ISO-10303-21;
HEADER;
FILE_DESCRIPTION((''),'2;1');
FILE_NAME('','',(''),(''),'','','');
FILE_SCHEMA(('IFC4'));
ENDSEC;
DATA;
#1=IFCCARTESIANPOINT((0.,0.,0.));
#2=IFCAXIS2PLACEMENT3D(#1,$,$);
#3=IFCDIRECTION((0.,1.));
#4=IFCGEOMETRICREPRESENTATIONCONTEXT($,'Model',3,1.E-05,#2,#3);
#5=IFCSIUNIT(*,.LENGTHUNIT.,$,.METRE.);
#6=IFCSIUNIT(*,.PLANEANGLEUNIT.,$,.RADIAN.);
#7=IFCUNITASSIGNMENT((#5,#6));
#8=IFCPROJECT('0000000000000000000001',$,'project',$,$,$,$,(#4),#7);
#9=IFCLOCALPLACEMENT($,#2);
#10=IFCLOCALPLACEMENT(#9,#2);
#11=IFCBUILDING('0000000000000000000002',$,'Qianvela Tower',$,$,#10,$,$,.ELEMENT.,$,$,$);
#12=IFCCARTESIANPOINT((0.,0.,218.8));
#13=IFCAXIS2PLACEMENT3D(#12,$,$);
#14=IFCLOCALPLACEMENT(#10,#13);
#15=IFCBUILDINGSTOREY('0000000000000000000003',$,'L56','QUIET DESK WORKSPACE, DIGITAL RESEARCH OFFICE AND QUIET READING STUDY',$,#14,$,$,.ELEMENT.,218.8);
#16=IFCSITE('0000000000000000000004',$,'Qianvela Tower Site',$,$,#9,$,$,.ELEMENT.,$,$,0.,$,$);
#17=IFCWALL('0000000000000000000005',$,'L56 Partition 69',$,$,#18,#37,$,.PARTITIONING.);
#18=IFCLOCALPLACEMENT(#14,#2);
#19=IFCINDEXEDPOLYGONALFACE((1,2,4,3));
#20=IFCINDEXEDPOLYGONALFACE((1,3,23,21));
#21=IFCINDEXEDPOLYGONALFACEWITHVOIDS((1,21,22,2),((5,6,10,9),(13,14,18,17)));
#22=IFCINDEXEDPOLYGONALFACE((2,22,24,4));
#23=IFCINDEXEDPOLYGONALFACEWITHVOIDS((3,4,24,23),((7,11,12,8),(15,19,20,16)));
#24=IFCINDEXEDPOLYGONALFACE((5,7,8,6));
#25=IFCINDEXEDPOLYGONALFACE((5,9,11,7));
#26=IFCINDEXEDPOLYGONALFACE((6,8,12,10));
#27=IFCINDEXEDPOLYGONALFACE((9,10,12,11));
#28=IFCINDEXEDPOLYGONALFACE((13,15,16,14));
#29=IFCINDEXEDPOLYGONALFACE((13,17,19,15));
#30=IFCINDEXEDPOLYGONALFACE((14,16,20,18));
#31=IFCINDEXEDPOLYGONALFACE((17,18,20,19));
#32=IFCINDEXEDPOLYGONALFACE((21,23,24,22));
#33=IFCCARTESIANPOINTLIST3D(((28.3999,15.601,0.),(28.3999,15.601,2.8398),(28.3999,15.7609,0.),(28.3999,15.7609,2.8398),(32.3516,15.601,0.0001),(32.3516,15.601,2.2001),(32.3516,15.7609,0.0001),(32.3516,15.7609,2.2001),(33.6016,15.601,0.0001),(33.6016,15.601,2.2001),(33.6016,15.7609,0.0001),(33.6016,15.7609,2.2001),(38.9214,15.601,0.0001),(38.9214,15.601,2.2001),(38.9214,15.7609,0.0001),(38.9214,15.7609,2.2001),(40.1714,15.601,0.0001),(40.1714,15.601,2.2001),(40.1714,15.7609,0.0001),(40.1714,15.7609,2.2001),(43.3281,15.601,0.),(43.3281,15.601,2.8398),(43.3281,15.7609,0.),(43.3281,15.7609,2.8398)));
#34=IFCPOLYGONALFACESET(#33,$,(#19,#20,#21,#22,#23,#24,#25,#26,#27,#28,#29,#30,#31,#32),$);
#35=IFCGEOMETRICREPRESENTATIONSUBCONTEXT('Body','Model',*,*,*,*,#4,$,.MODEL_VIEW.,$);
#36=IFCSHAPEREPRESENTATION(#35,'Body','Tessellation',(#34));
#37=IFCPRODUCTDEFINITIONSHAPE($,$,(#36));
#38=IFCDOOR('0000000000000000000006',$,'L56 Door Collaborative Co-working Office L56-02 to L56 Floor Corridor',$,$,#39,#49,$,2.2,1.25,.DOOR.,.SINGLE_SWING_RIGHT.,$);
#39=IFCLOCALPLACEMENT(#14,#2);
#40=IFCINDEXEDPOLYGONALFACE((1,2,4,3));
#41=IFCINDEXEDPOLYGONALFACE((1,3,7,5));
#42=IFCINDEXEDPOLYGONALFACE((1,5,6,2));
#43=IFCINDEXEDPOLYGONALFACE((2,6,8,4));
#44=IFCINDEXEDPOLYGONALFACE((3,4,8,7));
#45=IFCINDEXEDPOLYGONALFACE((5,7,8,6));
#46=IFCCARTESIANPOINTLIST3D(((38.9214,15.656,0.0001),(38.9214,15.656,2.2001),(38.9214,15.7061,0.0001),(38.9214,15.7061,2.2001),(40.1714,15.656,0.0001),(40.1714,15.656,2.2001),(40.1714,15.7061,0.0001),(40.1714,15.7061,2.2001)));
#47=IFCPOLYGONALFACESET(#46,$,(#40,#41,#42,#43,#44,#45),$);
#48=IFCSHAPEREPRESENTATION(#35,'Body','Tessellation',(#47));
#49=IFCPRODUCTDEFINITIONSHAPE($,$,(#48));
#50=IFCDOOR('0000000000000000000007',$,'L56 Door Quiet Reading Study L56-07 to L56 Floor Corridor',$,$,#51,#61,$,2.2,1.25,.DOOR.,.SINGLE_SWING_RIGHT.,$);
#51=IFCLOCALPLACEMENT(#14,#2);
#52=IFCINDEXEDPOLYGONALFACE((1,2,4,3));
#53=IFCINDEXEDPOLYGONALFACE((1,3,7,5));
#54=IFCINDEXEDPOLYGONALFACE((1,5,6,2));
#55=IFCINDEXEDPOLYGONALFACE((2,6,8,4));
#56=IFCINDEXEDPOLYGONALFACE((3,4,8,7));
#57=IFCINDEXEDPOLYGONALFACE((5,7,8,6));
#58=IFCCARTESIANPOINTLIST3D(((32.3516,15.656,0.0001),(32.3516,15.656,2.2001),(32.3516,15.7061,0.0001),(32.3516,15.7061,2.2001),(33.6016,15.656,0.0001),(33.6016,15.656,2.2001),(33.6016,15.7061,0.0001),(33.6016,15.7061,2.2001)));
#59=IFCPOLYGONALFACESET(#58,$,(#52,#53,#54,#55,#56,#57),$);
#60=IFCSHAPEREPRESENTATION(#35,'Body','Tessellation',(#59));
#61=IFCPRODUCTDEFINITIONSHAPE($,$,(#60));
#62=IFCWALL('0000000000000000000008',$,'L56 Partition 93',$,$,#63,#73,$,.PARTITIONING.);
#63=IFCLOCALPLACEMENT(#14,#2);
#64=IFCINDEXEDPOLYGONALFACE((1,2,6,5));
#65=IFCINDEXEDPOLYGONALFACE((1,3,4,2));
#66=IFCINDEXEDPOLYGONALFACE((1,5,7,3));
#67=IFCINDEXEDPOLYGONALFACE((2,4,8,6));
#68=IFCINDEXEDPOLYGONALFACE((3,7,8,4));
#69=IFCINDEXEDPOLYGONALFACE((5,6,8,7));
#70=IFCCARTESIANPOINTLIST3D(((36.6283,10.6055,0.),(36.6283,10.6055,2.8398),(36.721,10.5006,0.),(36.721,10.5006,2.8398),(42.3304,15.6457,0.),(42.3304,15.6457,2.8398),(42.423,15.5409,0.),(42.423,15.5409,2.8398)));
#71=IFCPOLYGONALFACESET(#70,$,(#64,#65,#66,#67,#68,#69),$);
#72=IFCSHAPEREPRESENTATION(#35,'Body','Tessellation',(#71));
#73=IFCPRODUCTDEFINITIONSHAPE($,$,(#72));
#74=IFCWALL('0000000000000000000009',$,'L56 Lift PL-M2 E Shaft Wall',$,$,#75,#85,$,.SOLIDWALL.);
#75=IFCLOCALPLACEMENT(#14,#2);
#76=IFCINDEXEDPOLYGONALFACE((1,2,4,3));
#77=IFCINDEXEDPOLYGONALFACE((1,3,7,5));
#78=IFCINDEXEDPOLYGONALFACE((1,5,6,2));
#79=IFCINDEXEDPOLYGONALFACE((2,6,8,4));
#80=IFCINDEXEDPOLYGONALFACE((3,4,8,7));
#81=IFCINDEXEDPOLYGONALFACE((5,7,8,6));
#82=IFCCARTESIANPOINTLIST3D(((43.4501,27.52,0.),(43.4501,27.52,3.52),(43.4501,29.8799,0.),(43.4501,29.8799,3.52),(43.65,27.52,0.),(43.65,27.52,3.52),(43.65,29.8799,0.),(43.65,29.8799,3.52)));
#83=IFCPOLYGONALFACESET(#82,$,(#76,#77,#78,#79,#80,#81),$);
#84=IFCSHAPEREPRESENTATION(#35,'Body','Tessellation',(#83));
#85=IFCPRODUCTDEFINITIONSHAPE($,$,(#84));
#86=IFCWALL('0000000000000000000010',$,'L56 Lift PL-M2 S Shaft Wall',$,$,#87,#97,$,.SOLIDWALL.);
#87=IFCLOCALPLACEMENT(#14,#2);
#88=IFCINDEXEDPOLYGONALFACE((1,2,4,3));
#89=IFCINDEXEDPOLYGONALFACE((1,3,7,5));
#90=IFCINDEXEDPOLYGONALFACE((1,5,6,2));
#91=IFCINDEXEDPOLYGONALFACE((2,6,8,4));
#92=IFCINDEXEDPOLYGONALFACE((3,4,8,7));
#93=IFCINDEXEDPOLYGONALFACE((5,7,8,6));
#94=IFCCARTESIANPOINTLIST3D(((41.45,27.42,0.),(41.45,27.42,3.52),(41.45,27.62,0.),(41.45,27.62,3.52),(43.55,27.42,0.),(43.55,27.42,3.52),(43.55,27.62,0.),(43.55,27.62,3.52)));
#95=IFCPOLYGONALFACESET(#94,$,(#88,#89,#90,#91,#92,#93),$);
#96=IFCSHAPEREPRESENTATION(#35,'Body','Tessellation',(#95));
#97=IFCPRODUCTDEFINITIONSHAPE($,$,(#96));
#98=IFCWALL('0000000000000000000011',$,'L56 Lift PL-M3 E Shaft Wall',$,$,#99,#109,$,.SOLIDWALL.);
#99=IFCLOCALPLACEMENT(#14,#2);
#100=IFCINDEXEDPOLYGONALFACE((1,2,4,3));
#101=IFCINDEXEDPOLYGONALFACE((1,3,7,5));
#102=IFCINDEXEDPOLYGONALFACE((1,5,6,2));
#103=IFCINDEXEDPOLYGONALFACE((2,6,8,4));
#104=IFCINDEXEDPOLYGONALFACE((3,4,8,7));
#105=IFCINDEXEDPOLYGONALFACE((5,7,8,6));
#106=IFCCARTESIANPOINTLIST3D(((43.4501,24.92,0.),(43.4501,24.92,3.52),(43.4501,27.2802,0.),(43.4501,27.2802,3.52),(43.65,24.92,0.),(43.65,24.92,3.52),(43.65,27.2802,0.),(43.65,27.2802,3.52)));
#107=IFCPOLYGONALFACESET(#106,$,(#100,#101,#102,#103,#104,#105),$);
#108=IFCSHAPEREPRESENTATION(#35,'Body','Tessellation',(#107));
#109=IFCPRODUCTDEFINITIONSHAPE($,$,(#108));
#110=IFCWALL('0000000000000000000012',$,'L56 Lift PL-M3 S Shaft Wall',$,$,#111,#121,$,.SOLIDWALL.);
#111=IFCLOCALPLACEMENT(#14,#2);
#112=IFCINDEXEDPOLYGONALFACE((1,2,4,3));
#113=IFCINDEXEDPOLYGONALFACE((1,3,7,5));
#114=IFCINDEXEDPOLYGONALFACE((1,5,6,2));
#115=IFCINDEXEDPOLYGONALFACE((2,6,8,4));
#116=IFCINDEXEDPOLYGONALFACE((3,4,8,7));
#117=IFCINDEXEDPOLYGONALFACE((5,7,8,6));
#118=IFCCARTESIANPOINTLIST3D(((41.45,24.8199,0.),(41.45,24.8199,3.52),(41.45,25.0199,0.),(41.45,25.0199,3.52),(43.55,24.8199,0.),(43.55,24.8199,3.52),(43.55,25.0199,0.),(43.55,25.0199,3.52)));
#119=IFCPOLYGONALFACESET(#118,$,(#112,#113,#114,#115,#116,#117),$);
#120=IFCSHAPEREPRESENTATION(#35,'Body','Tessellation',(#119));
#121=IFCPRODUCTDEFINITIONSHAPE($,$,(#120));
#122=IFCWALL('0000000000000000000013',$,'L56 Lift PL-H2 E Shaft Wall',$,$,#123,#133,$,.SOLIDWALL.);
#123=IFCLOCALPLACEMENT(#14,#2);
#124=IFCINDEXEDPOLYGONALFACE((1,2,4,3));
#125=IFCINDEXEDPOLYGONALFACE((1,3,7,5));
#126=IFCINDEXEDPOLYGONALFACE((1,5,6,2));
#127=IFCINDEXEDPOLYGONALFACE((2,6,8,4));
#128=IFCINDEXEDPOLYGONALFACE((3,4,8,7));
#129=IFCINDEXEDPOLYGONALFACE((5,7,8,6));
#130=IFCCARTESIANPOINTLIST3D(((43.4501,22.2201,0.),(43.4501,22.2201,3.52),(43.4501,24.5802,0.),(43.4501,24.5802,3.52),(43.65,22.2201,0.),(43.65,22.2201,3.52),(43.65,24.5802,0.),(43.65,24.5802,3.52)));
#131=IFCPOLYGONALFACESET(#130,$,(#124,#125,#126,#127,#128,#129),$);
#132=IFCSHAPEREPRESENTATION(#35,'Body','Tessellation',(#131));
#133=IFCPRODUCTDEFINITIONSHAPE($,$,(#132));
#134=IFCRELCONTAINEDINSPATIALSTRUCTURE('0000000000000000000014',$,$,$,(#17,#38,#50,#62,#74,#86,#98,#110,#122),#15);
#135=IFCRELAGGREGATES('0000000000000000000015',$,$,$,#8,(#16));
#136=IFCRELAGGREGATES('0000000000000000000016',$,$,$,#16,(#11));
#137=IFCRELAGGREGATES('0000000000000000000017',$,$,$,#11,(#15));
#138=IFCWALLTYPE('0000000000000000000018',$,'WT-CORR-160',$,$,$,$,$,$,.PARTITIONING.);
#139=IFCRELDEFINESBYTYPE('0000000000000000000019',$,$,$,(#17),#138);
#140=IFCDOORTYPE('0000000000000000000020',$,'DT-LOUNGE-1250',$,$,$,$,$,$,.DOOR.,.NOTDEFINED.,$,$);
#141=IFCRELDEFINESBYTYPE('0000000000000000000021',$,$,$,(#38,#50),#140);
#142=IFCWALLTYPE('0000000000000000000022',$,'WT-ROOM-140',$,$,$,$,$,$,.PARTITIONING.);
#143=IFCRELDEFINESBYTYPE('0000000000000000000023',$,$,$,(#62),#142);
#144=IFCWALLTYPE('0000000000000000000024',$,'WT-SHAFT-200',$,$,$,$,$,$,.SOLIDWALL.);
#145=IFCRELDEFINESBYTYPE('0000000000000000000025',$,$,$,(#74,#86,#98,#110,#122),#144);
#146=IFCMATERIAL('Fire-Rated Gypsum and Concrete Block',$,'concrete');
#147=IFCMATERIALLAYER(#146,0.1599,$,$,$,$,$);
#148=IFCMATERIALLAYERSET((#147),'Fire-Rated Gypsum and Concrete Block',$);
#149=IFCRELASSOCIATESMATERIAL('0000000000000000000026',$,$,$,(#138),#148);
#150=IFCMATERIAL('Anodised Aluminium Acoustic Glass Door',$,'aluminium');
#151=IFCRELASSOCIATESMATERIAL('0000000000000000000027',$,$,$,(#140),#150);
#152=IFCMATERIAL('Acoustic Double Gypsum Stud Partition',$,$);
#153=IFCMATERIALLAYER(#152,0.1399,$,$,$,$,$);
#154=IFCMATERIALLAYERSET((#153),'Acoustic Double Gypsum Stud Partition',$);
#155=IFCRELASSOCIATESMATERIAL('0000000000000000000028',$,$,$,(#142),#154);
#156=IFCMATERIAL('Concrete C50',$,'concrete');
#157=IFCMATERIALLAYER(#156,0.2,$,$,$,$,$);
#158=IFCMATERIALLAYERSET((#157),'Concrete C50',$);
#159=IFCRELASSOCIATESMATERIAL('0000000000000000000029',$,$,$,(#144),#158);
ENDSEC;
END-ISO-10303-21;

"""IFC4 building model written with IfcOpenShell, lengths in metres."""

from ifc_helpers import new_model, si_unit, direction, frame, frame_2d, origin, place, context, subcontext, project, spatial, rectangle, extrude, material, layer, layer_set, type_object, element, fill, save


model = new_model("IFC4")

# Units and contexts
model_context = context("Model", 3, precision=1e-05, world=origin(), true_north=direction((0.0, 1.0)))
body_context = subcontext(model_context, "Body", "Model", "MODEL_VIEW")
ifc_project = project(units=[si_unit("LENGTHUNIT", "METRE"), si_unit("PLANEANGLEUNIT", "RADIAN")], contexts=[model_context])

# Site, building, storey
site_placement = place(None, origin())
site = spatial("IfcSite", under=ifc_project, at=site_placement, Name="Qianvela Tower Site", CompositionType="ELEMENT", RefElevation=0.0)
building_placement = place(site_placement, origin())
building = spatial("IfcBuilding", under=site, at=building_placement, Name="Qianvela Tower", CompositionType="ELEMENT")
storey_placement = place(building_placement, frame((0.0, 0.0, 218.8)))
storey = spatial("IfcBuildingStorey", under=building, at=storey_placement, Name="L56", Description="QUIET DESK WORKSPACE, DIGITAL RESEARCH OFFICE AND QUIET READING STUDY", CompositionType="ELEMENT", Elevation=218.8)

# Shared definitions
ifc_material_1 = material(Name="Fire-Rated Gypsum and Concrete Block", Category="concrete")
ifc_layer_1 = layer(ifc_material_1, 0.1599)
ifc_layer_set_1 = layer_set([ifc_layer_1], Name="Fire-Rated Gypsum and Concrete Block")
wall_type_1 = type_object("IfcWallType", Name="WT-CORR-160", PredefinedType="PARTITIONING", material=ifc_layer_set_1)
ifc_material_2 = material(Name="Anodised Aluminium Acoustic Glass Door", Category="aluminium")
door_type_1 = type_object("IfcDoorType", Name="DT-LOUNGE-1250", OperationType="NOTDEFINED", PredefinedType="DOOR", material=ifc_material_2)

# Wall, openings, doors
wall_1_placement = place(storey_placement, frame((43.3281, 15.6809, 0.0), z_axis=(0.0, 0.0, 1.0), x_axis=(-1.0, 0.0, 0.0)))
wall_1 = element("IfcWall", 1, at=wall_1_placement, inside=storey, type_object=wall_type_1, Name="L56 Partition 69", PredefinedType="PARTITIONING", context=body_context, shape_type="SweptSolid", body=[
    extrude(rectangle(XDim=14.9282, YDim=0.1599, at=frame_2d((7.4641, 0.0))), origin(), (0.0, 0.0, 1.0), 2.8398),
])
opening_1_placement = place(wall_1_placement, frame((3.1567, 0.0, 0.0)))
opening_1 = element("IfcOpeningElement", 2, at=opening_1_placement, cuts=wall_1, PredefinedType="OPENING", context=body_context, shape_type="SweptSolid", body=[
    extrude(rectangle(XDim=1.25, YDim=2.2, at=frame_2d((0.625, 1.1001))), frame((0.0, 0.0898, 0.0), z_axis=(0.0, -1.0, 0.0), x_axis=(1.0, 0.0, 0.0)), (0.0, 0.0, 1.0), 0.1799),
])
opening_2_placement = place(wall_1_placement, frame((9.7266, 0.0, 0.0)))
opening_2 = element("IfcOpeningElement", 3, at=opening_2_placement, cuts=wall_1, PredefinedType="OPENING", context=body_context, shape_type="SweptSolid", body=[
    extrude(rectangle(XDim=1.25, YDim=2.2, at=frame_2d((0.625, 1.1001))), frame((0.0, 0.0898, 0.0), z_axis=(0.0, -1.0, 0.0), x_axis=(1.0, 0.0, 0.0)), (0.0, 0.0, 1.0), 0.1799),
])
door_1_placement = place(opening_1_placement, origin())
door_1 = element("IfcDoor", 4, at=door_1_placement, inside=storey, type_object=door_type_1, Name="L56 Door Collaborative Co-working Office L56-02 to L56 Floor Corridor", OperationType="SINGLE_SWING_RIGHT", OverallHeight=2.2, OverallWidth=1.25, PredefinedType="DOOR", context=body_context, shape_type="SweptSolid", body=[
    extrude(rectangle(XDim=1.25, YDim=2.2, at=frame_2d((0.625, 1.1001))), frame((0.0, 0.0249, 0.0), z_axis=(0.0, -1.0, 0.0), x_axis=(1.0, 0.0, 0.0)), (0.0, 0.0, 1.0), 0.05),
])
fill(opening_1, door_1)
door_2_placement = place(opening_2_placement, origin())
door_2 = element("IfcDoor", 5, at=door_2_placement, inside=storey, type_object=door_type_1, Name="L56 Door Quiet Reading Study L56-07 to L56 Floor Corridor", OperationType="SINGLE_SWING_RIGHT", OverallHeight=2.2, OverallWidth=1.25, PredefinedType="DOOR", context=body_context, shape_type="SweptSolid", body=[
    extrude(rectangle(XDim=1.25, YDim=2.2, at=frame_2d((0.625, 1.1001))), frame((0.0, 0.0249, 0.0), z_axis=(0.0, -1.0, 0.0), x_axis=(1.0, 0.0, 0.0)), (0.0, 0.0, 1.0), 0.05),
])
fill(opening_2, door_2)

# Walls
ifc_material_3 = material(Name="Acoustic Double Gypsum Stud Partition")
ifc_layer_2 = layer(ifc_material_3, 0.1399)
ifc_layer_set_2 = layer_set([ifc_layer_2], Name="Acoustic Double Gypsum Stud Partition")
wall_type_2 = type_object("IfcWallType", Name="WT-ROOM-140", PredefinedType="PARTITIONING", material=ifc_layer_set_2)
wall_2_placement = place(storey_placement, frame((42.3767, 15.5933, 0.0), z_axis=(0.0, 0.0, 1.0), x_axis=(-0.749252, -0.662285, 0.0)))
element("IfcWall", 6, at=wall_2_placement, inside=storey, type_object=wall_type_2, Name="L56 Partition 93", PredefinedType="PARTITIONING", context=body_context, shape_type="SweptSolid", body=[
    extrude(rectangle(XDim=7.6104, YDim=0.1399, at=frame_2d((3.8052, 0.0))), origin(), (0.0, 0.0, 1.0), 2.8398),
])
ifc_material_4 = material(Name="Concrete C50", Category="concrete")
ifc_layer_3 = layer(ifc_material_4, 0.2)
ifc_layer_set_3 = layer_set([ifc_layer_3], Name="Concrete C50")
wall_type_3 = type_object("IfcWallType", Name="WT-SHAFT-200", PredefinedType="SOLIDWALL", material=ifc_layer_set_3)
wall_3_placement = place(storey_placement, frame((43.55, 27.52, 0.0), z_axis=(0.0, 0.0, 1.0), x_axis=(0.0, 1.0, 0.0)))
element("IfcWall", 7, at=wall_3_placement, inside=storey, type_object=wall_type_3, Name="L56 Lift PL-M2 E Shaft Wall", PredefinedType="SOLIDWALL", context=body_context, shape_type="SweptSolid", body=[
    extrude(rectangle(XDim=2.3599, YDim=0.2, at=frame_2d((1.1799, 0.0))), origin(), (0.0, 0.0, 1.0), 3.52),
])

# Walls
wall_4_placement = place(storey_placement, frame((41.45, 27.52, 0.0), z_axis=(0.0, 0.0, 1.0), x_axis=(1.0, 0.0, 0.0)))
element("IfcWall", 8, at=wall_4_placement, inside=storey, type_object=wall_type_3, Name="L56 Lift PL-M2 S Shaft Wall", PredefinedType="SOLIDWALL", context=body_context, shape_type="SweptSolid", body=[
    extrude(rectangle(XDim=2.1001, YDim=0.2, at=frame_2d((1.05, 0.0))), origin(), (0.0, 0.0, 1.0), 3.52),
])
wall_5_placement = place(storey_placement, frame((43.55, 24.9199, 0.0), z_axis=(0.0, 0.0, 1.0), x_axis=(0.0, 1.0, 0.0)))
element("IfcWall", 9, at=wall_5_placement, inside=storey, type_object=wall_type_3, Name="L56 Lift PL-M3 E Shaft Wall", PredefinedType="SOLIDWALL", context=body_context, shape_type="SweptSolid", body=[
    extrude(rectangle(XDim=2.3601, YDim=0.2, at=frame_2d((1.1802, 0.0))), origin(), (0.0, 0.0, 1.0), 3.52),
])

# Walls
wall_6_placement = place(storey_placement, frame((41.45, 24.9199, 0.0), z_axis=(0.0, 0.0, 1.0), x_axis=(1.0, 0.0, 0.0)))
element("IfcWall", 10, at=wall_6_placement, inside=storey, type_object=wall_type_3, Name="L56 Lift PL-M3 S Shaft Wall", PredefinedType="SOLIDWALL", context=body_context, shape_type="SweptSolid", body=[
    extrude(rectangle(XDim=2.1001, YDim=0.2, at=frame_2d((1.05, 0.0))), origin(), (0.0, 0.0, 1.0), 3.52),
])
wall_7_placement = place(storey_placement, frame((43.55, 22.22, 0.0), z_axis=(0.0, 0.0, 1.0), x_axis=(0.0, 1.0, 0.0)))
element("IfcWall", 11, at=wall_7_placement, inside=storey, type_object=wall_type_3, Name="L56 Lift PL-H2 E Shaft Wall", PredefinedType="SOLIDWALL", context=body_context, shape_type="SweptSolid", body=[
    extrude(rectangle(XDim=2.3601, YDim=0.2, at=frame_2d((1.1802, 0.0))), origin(), (0.0, 0.0, 1.0), 3.52),
])

save(model, "model.ifc")
